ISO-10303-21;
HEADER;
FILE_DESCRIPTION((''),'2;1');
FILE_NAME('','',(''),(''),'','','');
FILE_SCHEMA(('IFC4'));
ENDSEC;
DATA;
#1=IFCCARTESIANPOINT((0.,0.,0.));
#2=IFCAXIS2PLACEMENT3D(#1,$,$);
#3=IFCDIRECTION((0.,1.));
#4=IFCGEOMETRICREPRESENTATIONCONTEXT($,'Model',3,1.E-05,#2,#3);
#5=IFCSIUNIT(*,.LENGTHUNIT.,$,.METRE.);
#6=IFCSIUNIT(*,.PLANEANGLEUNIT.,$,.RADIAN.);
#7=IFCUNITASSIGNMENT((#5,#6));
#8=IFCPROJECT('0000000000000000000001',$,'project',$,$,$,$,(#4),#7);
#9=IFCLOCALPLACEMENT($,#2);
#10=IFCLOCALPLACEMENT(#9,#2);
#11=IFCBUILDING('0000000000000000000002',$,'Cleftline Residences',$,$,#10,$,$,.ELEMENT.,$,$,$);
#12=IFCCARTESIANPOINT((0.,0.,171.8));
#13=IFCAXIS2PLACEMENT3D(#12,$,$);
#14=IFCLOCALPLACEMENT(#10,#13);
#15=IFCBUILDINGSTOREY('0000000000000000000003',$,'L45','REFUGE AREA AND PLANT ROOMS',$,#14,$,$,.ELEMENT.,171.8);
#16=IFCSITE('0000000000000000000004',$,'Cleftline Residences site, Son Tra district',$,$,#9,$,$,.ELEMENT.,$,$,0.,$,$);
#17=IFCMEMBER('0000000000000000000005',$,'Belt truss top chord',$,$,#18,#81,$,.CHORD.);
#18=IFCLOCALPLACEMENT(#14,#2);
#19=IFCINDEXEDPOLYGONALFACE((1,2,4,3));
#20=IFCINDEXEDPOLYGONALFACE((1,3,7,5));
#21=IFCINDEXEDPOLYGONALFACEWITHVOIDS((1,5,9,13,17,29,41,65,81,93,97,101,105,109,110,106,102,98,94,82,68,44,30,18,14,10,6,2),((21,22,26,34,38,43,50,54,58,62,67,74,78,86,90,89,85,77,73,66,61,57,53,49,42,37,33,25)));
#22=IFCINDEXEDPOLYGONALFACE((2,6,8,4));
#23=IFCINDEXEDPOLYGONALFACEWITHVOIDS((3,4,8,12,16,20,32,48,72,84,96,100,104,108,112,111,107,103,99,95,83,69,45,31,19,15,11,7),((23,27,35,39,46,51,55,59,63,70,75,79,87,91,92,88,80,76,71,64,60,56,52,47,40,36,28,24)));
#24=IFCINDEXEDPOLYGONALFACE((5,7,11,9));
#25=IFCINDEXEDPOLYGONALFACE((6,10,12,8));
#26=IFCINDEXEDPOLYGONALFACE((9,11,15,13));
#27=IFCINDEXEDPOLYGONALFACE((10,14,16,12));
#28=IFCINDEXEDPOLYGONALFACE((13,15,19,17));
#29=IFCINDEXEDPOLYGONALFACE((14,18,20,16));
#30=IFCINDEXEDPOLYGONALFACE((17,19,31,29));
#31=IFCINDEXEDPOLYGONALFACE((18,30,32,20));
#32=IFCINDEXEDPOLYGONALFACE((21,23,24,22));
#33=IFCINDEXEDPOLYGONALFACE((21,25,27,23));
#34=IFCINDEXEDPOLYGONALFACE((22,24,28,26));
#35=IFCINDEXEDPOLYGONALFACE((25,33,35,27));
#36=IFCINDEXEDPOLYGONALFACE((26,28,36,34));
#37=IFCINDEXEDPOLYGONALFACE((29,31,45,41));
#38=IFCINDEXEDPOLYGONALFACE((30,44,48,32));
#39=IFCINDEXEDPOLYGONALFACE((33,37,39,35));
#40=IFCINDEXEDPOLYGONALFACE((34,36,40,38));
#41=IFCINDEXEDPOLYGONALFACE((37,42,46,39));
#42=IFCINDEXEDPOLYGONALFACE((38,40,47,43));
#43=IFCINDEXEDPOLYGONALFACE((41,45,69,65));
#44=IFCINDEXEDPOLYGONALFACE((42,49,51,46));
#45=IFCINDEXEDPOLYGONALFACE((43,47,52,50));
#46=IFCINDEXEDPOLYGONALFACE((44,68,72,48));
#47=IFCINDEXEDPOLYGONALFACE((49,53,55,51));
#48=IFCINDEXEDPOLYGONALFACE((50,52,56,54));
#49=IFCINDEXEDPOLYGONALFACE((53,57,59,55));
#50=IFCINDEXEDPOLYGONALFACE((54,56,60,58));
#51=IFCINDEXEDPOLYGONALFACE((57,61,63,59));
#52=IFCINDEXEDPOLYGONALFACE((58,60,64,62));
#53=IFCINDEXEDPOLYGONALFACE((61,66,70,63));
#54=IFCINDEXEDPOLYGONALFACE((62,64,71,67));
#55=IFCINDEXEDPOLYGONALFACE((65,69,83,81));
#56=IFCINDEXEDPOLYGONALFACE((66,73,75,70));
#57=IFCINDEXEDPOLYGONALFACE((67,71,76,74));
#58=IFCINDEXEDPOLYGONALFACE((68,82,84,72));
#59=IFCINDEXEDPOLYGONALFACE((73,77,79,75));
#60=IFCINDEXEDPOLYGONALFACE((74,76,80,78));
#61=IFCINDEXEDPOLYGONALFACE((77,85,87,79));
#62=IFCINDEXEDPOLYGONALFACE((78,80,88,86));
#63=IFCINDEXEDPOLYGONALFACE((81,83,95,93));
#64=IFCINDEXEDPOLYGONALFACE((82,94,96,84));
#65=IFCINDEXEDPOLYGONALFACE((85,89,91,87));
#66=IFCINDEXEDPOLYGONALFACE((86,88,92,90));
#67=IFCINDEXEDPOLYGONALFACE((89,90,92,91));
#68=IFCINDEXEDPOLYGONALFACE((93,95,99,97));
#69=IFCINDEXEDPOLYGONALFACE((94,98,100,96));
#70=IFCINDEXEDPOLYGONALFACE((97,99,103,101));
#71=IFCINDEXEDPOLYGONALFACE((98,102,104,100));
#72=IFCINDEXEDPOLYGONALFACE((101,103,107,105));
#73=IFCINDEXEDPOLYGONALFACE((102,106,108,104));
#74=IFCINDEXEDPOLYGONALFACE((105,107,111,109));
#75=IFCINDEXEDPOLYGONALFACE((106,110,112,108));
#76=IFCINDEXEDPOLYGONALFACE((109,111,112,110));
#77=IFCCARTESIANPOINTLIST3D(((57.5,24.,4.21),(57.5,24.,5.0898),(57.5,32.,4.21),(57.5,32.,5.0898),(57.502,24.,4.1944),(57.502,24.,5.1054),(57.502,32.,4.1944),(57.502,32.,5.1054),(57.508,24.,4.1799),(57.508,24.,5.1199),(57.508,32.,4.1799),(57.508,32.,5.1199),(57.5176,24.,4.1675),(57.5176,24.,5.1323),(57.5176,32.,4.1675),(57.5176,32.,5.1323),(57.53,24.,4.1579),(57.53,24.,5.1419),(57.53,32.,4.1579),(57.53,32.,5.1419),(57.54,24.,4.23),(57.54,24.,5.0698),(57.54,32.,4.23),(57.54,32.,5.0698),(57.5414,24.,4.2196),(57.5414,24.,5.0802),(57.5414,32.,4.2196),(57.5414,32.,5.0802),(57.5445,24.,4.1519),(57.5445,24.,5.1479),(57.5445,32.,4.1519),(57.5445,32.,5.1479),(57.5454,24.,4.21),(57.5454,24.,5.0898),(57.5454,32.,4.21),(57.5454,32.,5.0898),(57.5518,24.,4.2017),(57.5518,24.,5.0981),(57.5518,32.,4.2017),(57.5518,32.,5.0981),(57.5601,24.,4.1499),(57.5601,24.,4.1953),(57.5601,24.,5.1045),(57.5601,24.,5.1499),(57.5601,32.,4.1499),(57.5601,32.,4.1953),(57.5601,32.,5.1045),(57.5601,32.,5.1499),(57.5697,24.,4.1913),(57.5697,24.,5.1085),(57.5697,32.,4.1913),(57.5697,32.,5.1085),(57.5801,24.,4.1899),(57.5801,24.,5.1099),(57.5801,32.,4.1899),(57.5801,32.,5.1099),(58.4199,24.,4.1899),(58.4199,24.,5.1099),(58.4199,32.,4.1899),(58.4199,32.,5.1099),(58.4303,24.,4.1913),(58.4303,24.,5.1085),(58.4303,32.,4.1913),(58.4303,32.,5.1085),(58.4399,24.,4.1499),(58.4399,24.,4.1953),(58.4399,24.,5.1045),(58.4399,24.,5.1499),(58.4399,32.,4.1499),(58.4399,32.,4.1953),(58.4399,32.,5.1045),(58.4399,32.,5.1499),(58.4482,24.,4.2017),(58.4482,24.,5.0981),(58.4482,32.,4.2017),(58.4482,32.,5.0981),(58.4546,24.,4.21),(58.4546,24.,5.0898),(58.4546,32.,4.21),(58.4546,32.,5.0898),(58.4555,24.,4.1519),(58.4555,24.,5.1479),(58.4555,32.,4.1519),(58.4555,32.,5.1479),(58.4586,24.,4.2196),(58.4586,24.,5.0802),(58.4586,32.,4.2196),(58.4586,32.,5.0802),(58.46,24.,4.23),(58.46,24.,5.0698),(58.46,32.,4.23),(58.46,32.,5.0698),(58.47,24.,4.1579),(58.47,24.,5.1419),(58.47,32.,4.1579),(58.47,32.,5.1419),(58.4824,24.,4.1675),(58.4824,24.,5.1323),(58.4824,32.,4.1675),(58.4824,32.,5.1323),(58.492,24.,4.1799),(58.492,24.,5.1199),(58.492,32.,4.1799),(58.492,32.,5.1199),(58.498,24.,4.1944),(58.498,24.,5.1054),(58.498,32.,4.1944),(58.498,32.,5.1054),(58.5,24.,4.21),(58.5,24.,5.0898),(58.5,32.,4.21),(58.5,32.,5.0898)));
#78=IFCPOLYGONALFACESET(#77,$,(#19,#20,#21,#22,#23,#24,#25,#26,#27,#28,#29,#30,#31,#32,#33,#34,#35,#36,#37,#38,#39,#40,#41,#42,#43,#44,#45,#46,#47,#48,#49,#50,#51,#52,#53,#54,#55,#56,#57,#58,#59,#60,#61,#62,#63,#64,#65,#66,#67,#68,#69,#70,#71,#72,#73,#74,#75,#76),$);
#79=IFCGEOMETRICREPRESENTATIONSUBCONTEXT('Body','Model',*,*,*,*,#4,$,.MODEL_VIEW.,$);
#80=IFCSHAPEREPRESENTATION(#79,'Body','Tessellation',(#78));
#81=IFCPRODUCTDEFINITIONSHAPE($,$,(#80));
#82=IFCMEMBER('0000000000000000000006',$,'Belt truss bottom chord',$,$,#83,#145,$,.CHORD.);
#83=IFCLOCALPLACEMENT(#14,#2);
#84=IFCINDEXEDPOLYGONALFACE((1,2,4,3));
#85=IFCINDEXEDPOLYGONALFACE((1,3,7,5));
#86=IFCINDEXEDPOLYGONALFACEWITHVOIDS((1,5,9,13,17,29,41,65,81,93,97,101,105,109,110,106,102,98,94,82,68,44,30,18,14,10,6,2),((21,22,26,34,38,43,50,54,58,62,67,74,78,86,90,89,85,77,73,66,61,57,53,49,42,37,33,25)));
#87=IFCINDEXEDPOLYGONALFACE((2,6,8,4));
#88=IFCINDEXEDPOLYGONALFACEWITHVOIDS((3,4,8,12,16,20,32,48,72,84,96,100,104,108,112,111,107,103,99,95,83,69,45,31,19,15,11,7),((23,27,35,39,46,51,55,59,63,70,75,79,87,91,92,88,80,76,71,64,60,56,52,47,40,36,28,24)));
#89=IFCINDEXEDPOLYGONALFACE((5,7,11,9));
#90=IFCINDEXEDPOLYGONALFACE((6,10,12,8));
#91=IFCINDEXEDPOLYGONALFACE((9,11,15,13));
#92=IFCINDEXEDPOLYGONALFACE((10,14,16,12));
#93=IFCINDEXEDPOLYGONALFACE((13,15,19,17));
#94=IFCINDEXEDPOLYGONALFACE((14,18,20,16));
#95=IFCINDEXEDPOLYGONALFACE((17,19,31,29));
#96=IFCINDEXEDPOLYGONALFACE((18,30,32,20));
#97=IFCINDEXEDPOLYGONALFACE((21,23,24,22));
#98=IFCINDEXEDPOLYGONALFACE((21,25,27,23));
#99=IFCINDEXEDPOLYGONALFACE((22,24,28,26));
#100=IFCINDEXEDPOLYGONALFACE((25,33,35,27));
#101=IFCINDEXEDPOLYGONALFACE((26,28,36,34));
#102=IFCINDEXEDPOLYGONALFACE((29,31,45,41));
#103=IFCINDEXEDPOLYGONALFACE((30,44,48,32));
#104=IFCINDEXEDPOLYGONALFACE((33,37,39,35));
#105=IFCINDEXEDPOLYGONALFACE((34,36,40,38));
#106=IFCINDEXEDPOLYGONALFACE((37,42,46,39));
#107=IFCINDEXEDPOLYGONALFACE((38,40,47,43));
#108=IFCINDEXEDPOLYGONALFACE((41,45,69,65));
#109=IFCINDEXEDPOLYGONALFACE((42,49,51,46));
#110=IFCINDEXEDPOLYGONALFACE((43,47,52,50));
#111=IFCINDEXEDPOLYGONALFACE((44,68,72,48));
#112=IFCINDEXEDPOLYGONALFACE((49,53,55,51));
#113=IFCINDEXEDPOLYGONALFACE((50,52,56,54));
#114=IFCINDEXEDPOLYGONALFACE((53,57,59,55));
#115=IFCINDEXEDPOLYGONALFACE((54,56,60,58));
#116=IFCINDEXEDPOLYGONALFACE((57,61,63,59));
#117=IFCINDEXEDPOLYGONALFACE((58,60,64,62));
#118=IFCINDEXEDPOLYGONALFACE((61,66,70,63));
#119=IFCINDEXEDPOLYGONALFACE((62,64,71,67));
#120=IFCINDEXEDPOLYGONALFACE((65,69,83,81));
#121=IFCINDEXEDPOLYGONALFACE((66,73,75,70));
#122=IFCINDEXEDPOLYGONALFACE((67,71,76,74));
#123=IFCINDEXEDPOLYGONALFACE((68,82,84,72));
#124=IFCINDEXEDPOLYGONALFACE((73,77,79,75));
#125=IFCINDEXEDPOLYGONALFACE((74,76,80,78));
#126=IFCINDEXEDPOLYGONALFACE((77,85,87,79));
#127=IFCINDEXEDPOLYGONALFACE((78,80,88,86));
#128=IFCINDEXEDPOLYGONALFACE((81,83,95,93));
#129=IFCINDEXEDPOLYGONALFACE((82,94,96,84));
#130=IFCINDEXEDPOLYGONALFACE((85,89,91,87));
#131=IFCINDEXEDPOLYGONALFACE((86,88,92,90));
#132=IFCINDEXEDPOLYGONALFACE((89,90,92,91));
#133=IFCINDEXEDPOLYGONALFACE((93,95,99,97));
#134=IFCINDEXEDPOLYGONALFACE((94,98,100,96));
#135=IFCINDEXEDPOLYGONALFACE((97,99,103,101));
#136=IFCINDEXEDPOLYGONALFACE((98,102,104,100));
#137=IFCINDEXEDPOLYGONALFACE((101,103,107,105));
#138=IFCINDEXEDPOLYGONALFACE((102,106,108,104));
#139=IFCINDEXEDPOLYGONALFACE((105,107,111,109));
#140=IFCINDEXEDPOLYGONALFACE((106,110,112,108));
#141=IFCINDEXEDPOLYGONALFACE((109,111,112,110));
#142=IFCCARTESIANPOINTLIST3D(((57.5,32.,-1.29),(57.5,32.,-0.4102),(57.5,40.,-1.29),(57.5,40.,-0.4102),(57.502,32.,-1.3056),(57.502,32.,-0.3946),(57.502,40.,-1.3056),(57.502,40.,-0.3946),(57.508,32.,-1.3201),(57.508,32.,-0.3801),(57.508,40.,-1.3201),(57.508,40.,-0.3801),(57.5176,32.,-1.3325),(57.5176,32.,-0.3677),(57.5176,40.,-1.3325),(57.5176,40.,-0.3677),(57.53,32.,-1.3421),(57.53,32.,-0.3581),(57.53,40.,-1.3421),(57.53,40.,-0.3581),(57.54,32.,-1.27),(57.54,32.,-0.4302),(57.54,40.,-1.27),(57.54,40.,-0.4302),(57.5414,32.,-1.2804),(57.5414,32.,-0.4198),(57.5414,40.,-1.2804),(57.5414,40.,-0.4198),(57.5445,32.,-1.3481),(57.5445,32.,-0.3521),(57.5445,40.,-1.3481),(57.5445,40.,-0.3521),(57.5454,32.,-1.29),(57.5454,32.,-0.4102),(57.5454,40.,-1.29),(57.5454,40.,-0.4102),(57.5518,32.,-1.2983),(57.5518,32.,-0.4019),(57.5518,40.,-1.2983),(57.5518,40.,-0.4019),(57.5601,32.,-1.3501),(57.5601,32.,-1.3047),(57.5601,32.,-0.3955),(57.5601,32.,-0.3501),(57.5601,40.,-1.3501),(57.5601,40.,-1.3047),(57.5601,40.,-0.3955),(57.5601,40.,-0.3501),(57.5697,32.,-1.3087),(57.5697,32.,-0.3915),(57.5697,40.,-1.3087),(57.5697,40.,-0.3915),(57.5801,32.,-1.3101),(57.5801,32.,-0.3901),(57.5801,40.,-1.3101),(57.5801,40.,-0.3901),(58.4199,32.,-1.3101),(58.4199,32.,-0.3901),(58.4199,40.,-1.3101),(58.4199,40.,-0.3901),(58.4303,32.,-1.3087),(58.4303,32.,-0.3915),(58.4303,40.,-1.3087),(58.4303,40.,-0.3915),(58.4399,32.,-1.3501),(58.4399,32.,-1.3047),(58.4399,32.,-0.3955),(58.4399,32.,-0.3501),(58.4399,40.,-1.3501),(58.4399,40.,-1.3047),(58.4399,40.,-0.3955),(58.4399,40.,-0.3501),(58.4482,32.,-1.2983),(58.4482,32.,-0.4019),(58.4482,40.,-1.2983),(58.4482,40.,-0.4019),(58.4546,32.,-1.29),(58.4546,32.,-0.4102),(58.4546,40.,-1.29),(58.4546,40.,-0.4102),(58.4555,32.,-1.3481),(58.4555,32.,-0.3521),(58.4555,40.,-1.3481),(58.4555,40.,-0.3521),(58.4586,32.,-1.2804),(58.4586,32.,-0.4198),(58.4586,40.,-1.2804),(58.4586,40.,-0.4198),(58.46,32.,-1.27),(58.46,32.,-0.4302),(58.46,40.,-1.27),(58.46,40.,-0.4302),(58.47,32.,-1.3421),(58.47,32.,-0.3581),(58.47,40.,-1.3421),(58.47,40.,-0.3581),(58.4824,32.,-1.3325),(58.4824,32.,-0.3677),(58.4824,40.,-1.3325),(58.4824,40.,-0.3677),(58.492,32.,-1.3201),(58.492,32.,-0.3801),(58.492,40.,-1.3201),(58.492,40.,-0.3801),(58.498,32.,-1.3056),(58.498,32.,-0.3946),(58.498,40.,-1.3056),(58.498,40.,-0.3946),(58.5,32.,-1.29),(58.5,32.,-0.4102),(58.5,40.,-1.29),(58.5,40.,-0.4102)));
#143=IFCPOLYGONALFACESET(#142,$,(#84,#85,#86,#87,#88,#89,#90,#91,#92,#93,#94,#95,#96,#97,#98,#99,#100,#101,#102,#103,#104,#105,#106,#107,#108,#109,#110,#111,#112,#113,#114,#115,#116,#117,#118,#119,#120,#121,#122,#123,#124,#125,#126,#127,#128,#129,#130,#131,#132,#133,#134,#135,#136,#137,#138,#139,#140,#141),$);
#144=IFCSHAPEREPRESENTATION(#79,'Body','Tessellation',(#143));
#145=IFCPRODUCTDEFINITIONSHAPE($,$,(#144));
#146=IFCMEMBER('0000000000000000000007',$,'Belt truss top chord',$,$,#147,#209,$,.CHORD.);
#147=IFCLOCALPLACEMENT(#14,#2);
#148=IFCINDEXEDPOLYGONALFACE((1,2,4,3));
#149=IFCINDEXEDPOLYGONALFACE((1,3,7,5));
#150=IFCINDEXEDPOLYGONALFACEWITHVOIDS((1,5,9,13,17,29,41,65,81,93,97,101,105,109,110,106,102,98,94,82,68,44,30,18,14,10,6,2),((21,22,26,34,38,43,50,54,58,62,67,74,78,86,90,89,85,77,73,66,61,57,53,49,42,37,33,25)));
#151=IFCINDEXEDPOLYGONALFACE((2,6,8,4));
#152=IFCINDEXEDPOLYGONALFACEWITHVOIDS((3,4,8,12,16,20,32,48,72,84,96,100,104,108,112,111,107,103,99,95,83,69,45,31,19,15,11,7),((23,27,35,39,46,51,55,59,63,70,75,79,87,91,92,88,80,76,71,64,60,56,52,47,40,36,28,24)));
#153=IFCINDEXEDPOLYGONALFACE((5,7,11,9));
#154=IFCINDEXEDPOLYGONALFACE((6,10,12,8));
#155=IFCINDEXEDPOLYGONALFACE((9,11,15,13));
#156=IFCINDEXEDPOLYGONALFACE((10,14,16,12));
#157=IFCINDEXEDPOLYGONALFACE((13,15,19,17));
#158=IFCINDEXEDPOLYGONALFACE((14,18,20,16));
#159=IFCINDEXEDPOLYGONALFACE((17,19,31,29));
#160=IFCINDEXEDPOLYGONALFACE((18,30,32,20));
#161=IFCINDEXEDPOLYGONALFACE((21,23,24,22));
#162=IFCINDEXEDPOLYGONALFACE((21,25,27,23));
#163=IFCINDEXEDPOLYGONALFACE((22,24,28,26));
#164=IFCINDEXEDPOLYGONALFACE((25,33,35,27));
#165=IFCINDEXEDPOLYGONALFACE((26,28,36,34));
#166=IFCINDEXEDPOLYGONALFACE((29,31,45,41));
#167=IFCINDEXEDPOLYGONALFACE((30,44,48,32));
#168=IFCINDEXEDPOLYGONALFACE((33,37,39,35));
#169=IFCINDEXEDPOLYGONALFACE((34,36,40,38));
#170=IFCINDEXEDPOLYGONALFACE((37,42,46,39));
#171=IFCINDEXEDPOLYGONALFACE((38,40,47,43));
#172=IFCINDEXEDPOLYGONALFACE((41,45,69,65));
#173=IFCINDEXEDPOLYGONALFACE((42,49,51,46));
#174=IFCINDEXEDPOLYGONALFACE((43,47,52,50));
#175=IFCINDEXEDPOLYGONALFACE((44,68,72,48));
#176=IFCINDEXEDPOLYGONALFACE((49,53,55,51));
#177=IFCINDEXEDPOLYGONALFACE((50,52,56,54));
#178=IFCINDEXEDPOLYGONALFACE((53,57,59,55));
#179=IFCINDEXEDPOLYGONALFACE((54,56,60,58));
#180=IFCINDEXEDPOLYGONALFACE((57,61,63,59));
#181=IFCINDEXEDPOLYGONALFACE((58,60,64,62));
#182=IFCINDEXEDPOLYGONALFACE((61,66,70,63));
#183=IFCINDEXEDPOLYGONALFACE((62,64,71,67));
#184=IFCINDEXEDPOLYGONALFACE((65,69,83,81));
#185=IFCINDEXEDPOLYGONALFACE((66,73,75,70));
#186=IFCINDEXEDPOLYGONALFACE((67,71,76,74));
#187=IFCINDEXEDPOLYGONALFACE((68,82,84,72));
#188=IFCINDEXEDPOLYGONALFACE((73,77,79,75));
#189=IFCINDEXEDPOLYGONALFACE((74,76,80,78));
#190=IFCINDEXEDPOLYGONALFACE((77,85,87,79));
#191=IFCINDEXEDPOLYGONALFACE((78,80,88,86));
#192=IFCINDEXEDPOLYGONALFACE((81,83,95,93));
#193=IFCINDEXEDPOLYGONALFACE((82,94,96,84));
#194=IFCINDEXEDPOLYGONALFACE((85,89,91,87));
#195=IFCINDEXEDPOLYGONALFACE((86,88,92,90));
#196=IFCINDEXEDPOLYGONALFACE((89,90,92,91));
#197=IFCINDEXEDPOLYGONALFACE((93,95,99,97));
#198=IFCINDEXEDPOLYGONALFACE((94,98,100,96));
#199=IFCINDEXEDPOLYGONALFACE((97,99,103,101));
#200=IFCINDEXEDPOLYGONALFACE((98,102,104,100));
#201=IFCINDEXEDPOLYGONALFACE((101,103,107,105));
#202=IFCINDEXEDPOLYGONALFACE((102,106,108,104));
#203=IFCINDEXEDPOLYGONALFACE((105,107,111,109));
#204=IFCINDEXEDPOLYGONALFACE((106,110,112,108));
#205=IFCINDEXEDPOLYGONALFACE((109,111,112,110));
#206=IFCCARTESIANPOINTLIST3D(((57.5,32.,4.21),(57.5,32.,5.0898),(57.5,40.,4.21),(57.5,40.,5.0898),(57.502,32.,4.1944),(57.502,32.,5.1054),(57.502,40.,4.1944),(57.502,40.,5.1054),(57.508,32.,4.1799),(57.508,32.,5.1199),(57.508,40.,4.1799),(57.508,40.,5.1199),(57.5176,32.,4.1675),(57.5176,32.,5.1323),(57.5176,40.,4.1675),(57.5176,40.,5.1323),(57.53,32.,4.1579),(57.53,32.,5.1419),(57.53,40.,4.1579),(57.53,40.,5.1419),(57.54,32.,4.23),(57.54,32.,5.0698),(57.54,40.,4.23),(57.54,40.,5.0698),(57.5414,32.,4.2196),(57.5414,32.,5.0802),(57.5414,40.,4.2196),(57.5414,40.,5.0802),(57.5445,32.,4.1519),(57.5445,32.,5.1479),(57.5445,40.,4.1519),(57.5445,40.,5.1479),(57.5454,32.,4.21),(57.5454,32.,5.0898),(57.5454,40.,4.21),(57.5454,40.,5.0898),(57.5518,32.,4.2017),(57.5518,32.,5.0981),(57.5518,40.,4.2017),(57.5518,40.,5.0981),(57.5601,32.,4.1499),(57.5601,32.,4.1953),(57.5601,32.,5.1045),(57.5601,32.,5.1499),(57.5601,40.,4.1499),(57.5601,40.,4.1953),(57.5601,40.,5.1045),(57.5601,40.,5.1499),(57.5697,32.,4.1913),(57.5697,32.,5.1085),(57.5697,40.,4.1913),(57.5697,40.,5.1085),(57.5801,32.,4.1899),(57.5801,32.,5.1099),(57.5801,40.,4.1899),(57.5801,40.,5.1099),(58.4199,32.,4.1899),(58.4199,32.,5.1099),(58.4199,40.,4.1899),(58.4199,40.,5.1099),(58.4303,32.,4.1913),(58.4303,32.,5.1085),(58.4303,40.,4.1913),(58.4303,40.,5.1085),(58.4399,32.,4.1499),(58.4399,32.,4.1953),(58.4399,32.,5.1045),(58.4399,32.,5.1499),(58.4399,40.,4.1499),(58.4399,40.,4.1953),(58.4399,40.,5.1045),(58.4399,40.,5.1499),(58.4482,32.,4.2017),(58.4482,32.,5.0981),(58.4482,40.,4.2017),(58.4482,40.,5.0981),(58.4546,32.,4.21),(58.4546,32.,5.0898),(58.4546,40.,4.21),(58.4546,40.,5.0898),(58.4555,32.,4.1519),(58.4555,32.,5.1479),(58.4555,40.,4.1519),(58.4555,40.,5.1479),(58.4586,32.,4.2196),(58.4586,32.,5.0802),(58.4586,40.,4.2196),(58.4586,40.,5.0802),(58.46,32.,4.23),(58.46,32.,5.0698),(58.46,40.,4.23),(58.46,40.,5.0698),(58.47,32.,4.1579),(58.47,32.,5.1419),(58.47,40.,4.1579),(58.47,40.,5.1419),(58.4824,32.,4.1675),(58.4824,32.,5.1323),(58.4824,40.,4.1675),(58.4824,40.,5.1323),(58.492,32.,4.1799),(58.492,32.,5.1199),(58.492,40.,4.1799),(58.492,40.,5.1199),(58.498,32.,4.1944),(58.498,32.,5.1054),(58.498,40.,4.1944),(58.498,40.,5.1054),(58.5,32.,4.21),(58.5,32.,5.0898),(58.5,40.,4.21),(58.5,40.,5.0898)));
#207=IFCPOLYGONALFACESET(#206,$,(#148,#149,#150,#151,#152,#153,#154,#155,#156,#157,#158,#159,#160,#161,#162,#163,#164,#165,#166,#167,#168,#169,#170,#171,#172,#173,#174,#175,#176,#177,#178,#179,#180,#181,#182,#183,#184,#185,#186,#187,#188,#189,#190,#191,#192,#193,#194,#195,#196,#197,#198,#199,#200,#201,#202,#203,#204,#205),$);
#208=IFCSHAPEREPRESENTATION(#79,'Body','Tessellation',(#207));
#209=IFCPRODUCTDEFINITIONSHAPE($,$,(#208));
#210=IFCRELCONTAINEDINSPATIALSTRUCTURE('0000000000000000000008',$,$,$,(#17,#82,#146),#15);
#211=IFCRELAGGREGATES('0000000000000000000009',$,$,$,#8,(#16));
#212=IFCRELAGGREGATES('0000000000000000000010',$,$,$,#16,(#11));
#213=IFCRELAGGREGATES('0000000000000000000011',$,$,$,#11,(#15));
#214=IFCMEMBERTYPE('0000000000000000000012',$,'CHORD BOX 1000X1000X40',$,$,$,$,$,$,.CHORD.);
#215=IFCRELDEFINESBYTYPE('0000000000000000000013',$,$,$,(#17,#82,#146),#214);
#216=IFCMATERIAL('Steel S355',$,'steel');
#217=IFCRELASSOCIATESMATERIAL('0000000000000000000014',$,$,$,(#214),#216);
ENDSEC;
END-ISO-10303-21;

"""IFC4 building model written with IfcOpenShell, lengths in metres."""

from ifc_helpers import new_model, si_unit, direction, frame, origin, origin_2d, place, context, subcontext, project, spatial, hollow_rectangle, extrude, material, material_profile, profile_set, type_object, element, save


model = new_model("IFC4")

# Units and contexts
model_context = context("Model", 3, precision=1e-05, world=origin(), true_north=direction((0.0, 1.0)))
body_context = subcontext(model_context, "Body", "Model", "MODEL_VIEW")
ifc_project = project(units=[si_unit("LENGTHUNIT", "METRE"), si_unit("PLANEANGLEUNIT", "RADIAN")], contexts=[model_context])

# Site, building, storey
site_placement = place(None, origin())
site = spatial("IfcSite", under=ifc_project, at=site_placement, Name="Cleftline Residences site, Son Tra district", CompositionType="ELEMENT", RefElevation=0.0)
building_placement = place(site_placement, origin())
building = spatial("IfcBuilding", under=site, at=building_placement, Name="Cleftline Residences", CompositionType="ELEMENT")
storey_placement = place(building_placement, frame((0.0, 0.0, 171.8)))
storey = spatial("IfcBuildingStorey", under=building, at=storey_placement, Name="L45", Description="REFUGE AREA AND PLANT ROOMS", CompositionType="ELEMENT", Elevation=171.8)

# Members
ifc_material_1 = material(Name="Steel S355", Category="steel")
ifc_material_profile_1 = material_profile(ifc_material_1, hollow_rectangle(XDim=1.0, YDim=1.0, WallThickness=0.04, InnerFilletRadius=0.04, OuterFilletRadius=0.0601, at=origin_2d()))
ifc_profile_set_1 = profile_set([ifc_material_profile_1], Name="Steel S355")
member_type_1 = type_object("IfcMemberType", Name="CHORD BOX 1000X1000X40", PredefinedType="CHORD", material=ifc_profile_set_1)
for number, where, z_axis, x_axis, name in (
    (1, (58.0, 24.0, 4.6499), (0.0, 1.0, 0.0), (-1.0, 0.0, 0.0), "Belt truss top chord"),
    (2, (58.0, 32.0, -0.8501), (0.0, 1.0, 0.0), (-1.0, 0.0, 0.0), "Belt truss bottom chord"),
    (3, (58.0, 32.0, 4.6499), (0.0, 1.0, 0.0), (-1.0, 0.0, 0.0), "Belt truss top chord"),
):
    element("IfcMember", number, at=place(storey_placement, frame(where, z_axis=z_axis, x_axis=x_axis)), inside=storey, type_object=member_type_1, Name=name, PredefinedType="CHORD", context=body_context, shape_type="SweptSolid", body=[
        extrude(hollow_rectangle(XDim=1.0, YDim=1.0, WallThickness=0.04, InnerFilletRadius=0.04, OuterFilletRadius=0.0601, at=origin_2d()), origin(), (0.0, 0.0, 1.0), 8.0),
    ])

save(model, "model.ifc")
